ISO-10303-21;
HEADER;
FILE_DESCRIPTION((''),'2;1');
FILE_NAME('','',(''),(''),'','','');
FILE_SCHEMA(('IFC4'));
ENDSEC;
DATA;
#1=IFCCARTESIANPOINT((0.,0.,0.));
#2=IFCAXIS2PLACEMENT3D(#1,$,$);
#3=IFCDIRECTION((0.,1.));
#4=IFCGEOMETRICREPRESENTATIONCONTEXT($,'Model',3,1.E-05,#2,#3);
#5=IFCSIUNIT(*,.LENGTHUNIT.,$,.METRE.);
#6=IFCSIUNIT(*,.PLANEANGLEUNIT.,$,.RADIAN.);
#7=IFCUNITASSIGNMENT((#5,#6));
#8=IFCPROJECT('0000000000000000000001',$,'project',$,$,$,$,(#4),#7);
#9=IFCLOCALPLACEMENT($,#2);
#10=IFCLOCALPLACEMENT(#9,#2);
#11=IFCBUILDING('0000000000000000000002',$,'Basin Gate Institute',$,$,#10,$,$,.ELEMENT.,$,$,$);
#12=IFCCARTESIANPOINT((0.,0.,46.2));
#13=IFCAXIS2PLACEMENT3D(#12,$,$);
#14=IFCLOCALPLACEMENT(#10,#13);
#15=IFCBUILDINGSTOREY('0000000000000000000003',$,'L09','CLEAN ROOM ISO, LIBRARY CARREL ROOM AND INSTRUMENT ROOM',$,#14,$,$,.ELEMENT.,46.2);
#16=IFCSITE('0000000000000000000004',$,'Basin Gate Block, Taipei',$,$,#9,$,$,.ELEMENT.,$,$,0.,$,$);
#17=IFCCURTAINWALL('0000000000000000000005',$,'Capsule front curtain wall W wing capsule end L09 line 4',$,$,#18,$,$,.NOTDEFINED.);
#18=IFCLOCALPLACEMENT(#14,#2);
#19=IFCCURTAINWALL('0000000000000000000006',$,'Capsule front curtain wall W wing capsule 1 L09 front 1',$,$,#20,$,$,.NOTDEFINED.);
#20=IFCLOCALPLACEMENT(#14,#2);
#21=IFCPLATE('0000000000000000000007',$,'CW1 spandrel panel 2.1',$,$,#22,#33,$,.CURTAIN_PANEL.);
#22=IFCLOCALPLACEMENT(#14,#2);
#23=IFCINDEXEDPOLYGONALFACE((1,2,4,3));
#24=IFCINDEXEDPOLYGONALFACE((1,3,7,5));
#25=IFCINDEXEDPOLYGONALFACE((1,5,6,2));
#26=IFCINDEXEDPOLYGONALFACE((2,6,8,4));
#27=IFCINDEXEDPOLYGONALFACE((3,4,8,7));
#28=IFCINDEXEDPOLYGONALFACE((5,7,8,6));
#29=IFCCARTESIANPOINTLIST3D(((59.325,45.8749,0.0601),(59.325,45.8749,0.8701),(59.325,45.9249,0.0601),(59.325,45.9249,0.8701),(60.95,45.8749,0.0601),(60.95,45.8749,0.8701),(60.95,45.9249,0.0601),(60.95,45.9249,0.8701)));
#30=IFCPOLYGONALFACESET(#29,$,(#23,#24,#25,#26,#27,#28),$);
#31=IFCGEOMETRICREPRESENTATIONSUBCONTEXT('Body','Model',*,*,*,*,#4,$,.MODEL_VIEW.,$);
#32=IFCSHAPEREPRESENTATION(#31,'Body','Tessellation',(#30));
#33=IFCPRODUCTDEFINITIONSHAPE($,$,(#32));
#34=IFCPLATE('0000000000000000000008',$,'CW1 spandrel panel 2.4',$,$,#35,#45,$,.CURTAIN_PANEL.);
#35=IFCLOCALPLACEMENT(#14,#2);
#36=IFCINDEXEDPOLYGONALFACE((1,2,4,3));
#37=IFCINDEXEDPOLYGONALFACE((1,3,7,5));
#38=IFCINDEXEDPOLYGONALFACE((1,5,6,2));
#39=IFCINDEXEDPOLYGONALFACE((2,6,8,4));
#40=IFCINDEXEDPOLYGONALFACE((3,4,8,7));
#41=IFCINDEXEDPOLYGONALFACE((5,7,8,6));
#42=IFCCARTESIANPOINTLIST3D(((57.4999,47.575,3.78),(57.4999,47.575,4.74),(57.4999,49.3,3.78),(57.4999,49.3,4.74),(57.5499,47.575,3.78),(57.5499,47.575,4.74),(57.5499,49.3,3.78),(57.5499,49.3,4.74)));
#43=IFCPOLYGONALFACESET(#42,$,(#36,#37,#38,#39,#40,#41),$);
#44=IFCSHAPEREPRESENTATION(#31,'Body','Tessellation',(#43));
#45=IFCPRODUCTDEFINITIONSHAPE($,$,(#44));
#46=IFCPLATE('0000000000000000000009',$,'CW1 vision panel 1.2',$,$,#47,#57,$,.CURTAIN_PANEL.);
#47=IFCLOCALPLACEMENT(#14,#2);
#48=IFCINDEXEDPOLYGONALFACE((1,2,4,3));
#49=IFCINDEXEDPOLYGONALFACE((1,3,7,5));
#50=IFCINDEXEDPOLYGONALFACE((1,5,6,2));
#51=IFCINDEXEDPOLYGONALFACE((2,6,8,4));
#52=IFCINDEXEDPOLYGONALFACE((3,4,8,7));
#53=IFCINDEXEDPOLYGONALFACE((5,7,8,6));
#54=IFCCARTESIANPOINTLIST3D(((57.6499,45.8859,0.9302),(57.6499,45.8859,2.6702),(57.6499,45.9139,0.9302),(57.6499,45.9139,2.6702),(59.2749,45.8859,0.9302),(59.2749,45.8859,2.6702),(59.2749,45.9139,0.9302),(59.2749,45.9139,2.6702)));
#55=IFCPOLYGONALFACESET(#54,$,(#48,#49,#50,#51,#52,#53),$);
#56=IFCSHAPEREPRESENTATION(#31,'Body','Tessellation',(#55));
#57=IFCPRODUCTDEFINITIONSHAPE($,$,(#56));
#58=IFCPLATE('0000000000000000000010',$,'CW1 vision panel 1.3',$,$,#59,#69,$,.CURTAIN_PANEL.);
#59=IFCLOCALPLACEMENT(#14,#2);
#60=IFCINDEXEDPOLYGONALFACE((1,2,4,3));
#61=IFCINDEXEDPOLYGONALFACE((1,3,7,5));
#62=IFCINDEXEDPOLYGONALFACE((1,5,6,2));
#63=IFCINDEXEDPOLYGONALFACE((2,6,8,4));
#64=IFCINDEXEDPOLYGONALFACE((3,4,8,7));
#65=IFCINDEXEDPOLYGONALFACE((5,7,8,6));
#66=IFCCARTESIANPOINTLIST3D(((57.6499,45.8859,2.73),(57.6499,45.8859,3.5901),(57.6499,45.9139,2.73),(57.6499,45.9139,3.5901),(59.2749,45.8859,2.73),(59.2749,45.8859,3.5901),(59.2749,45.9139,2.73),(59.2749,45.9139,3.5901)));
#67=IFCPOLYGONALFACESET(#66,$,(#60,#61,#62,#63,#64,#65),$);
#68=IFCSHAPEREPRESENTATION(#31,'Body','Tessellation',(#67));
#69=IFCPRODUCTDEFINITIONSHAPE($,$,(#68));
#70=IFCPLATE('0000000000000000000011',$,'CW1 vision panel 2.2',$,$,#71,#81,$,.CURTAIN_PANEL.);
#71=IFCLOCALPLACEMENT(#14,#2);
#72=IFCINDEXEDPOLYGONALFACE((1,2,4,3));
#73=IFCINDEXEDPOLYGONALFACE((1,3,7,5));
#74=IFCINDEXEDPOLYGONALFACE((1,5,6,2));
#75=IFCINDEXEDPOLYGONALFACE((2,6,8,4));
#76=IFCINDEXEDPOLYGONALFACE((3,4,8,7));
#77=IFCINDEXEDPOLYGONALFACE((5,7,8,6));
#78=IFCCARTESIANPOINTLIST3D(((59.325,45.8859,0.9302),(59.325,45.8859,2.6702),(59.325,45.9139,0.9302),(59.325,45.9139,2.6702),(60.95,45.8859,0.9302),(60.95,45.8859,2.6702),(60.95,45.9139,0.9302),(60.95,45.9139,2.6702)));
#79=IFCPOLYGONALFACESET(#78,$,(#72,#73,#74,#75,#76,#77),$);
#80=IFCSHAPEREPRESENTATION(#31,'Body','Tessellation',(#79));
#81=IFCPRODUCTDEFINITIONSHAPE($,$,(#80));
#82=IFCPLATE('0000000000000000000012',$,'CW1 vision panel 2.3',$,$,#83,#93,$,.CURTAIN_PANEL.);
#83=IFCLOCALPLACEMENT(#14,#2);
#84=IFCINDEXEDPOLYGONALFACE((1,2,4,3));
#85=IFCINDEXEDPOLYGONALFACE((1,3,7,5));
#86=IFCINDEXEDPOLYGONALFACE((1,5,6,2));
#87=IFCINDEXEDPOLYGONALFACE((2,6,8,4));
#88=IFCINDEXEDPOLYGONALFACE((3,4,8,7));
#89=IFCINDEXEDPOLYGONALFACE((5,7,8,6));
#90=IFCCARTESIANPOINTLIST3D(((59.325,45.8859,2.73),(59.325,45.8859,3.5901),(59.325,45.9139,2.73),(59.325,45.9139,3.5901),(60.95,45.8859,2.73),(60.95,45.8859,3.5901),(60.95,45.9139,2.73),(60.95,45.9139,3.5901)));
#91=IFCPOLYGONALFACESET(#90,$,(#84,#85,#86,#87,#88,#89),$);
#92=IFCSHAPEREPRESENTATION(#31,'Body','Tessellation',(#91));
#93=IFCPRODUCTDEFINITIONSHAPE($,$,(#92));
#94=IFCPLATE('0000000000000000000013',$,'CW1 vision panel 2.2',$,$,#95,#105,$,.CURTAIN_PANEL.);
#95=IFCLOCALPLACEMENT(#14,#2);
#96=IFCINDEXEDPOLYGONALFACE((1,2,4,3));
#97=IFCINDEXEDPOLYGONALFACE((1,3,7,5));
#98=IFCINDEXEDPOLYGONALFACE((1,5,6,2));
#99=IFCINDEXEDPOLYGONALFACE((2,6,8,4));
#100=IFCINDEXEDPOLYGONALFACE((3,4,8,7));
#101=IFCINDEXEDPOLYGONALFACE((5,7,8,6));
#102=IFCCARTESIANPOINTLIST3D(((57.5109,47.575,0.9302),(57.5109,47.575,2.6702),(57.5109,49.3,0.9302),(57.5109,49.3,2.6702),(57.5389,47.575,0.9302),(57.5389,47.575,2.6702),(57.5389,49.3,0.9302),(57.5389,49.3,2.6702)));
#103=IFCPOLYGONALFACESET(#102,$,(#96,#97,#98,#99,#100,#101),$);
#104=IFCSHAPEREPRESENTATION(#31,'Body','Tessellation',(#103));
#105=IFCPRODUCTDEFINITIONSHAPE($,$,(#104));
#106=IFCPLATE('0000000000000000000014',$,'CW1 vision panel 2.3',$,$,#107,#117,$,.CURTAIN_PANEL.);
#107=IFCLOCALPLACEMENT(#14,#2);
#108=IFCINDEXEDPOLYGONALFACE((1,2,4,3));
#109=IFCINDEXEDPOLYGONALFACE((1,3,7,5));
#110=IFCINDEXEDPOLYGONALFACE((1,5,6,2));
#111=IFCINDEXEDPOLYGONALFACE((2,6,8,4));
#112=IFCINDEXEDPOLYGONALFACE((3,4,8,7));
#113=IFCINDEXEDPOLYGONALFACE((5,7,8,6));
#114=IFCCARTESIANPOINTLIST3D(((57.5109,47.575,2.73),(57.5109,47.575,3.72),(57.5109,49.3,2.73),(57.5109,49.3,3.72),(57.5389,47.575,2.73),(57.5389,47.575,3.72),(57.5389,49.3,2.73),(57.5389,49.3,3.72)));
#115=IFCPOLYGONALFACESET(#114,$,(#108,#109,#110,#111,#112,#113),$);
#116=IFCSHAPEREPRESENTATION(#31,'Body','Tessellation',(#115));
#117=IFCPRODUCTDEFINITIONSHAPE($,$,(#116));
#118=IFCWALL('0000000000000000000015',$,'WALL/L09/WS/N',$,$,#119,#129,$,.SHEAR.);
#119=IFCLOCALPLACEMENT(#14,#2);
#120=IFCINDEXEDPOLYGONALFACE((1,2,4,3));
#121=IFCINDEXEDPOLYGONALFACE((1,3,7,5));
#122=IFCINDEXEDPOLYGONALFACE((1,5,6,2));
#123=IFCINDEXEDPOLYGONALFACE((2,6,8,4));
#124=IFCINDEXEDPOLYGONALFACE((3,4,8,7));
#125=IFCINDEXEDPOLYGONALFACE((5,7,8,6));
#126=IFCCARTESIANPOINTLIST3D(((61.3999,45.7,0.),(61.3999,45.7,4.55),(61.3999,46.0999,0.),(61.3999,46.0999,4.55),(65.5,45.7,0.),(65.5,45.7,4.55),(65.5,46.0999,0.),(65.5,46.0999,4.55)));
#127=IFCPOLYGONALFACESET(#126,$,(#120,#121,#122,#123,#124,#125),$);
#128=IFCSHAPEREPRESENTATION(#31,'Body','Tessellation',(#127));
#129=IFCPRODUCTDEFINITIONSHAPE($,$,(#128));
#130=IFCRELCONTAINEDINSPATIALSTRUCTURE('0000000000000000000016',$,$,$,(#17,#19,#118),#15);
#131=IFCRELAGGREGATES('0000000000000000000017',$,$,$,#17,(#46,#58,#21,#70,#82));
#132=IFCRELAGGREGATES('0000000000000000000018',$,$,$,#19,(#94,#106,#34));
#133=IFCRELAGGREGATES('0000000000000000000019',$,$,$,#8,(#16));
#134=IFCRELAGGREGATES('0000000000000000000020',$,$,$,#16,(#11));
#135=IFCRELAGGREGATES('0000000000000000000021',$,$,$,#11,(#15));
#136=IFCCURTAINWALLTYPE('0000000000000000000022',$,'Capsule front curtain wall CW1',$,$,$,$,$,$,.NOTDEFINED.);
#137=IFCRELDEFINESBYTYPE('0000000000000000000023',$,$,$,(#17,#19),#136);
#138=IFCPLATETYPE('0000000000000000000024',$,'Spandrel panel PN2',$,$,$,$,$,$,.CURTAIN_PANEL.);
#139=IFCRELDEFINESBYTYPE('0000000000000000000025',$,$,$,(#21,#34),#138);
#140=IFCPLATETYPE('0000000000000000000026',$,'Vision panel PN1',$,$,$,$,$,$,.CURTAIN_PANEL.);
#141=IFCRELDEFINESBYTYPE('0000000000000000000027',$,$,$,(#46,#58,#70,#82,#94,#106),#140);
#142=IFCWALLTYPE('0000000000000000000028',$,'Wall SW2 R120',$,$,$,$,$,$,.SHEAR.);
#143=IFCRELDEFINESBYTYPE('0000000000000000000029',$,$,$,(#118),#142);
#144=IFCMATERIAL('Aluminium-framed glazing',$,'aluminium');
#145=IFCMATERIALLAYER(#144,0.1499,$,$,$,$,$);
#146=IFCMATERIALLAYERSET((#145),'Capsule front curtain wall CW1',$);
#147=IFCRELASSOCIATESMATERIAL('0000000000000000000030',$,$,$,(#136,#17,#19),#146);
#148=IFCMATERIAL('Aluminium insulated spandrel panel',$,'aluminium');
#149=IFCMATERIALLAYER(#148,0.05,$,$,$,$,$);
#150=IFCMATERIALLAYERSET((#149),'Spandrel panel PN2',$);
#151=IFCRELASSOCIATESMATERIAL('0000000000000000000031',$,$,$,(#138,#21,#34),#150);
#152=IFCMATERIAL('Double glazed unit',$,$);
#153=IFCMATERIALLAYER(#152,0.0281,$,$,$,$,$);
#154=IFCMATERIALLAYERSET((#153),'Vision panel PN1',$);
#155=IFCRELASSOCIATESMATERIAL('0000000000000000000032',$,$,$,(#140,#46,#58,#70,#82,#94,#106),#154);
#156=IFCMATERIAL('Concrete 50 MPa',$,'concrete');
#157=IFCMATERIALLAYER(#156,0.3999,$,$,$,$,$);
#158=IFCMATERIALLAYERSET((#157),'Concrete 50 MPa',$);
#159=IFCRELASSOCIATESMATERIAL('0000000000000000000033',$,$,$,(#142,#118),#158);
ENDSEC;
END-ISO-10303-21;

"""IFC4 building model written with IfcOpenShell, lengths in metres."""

from ifc_helpers import new_model, si_unit, direction, frame, frame_2d, origin, origin_2d, place, context, subcontext, project, spatial, rectangle, extrude, material, layer, layer_set, type_object, element, aggregate, save


model = new_model("IFC4")

# Units and contexts
model_context = context("Model", 3, precision=1e-05, world=origin(), true_north=direction((0.0, 1.0)))
body_context = subcontext(model_context, "Body", "Model", "MODEL_VIEW")
ifc_project = project(units=[si_unit("LENGTHUNIT", "METRE"), si_unit("PLANEANGLEUNIT", "RADIAN")], contexts=[model_context])

# Site, building, storey
site_placement = place(None, origin())
site = spatial("IfcSite", under=ifc_project, at=site_placement, Name="Basin Gate Block, Taipei", CompositionType="ELEMENT", RefElevation=0.0)
building_placement = place(site_placement, origin())
building = spatial("IfcBuilding", under=site, at=building_placement, Name="Basin Gate Institute", CompositionType="ELEMENT")
storey_placement = place(building_placement, frame((0.0, 0.0, 46.2)))
storey = spatial("IfcBuildingStorey", under=building, at=storey_placement, Name="L09", Description="CLEAN ROOM ISO, LIBRARY CARREL ROOM AND INSTRUMENT ROOM", CompositionType="ELEMENT", Elevation=46.2)

# Curtain wall
ifc_material_1 = material(Name="Aluminium-framed glazing", Category="aluminium")
ifc_layer_1 = layer(ifc_material_1, 0.1499)
ifc_layer_set_1 = layer_set([ifc_layer_1], Name="Capsule front curtain wall CW1")
curtain_wall_type = type_object("IfcCurtainWallType", Name="Capsule front curtain wall CW1", PredefinedType="NOTDEFINED", material=ifc_layer_set_1)
curtain_wall_1_placement = place(storey_placement, origin())
curtain_wall_1 = element("IfcCurtainWall", 1, at=curtain_wall_1_placement, inside=storey, type_object=curtain_wall_type, material=ifc_layer_set_1, Name="Capsule front curtain wall W wing capsule end L09 line 4", PredefinedType="NOTDEFINED")

# Curtain wall
curtain_wall_2_placement = place(storey_placement, origin())
curtain_wall_2 = element("IfcCurtainWall", 2, at=curtain_wall_2_placement, inside=storey, type_object=curtain_wall_type, material=ifc_layer_set_1, Name="Capsule front curtain wall W wing capsule 1 L09 front 1", PredefinedType="NOTDEFINED")

# Plates
ifc_material_2 = material(Name="Aluminium insulated spandrel panel", Category="aluminium")
ifc_layer_2 = layer(ifc_material_2, 0.05)
ifc_layer_set_2 = layer_set([ifc_layer_2], Name="Spandrel panel PN2")
plate_type_1 = type_object("IfcPlateType", Name="Spandrel panel PN2", PredefinedType="CURTAIN_PANEL", material=ifc_layer_set_2)
plate_1_placement = place(storey_placement, frame((60.1375, 45.8999, 0.0601), z_axis=(0.0, 0.0, 1.0), x_axis=(1.0, 0.0, 0.0)))
plate_1 = element("IfcPlate", 3, at=plate_1_placement, type_object=plate_type_1, material=ifc_layer_set_2, Name="CW1 spandrel panel 2.1", PredefinedType="CURTAIN_PANEL", context=body_context, shape_type="SweptSolid", body=[
    extrude(rectangle(XDim=1.625, YDim=0.05, at=origin_2d()), origin(), (0.0, 0.0, 1.0), 0.8101),
])
plate_2_placement = place(storey_placement, frame((57.5249, 48.4375, 3.78), z_axis=(0.0, 0.0, 1.0), x_axis=(0.0, 1.0, 0.0)))
plate_2 = element("IfcPlate", 4, at=plate_2_placement, type_object=plate_type_1, material=ifc_layer_set_2, Name="CW1 spandrel panel 2.4", PredefinedType="CURTAIN_PANEL", context=body_context, shape_type="SweptSolid", body=[
    extrude(rectangle(XDim=1.7251, YDim=0.05, at=origin_2d()), origin(), (0.0, 0.0, 1.0), 0.96),
])
ifc_material_3 = material(Name="Double glazed unit")
ifc_layer_3 = layer(ifc_material_3, 0.0281)
ifc_layer_set_3 = layer_set([ifc_layer_3], Name="Vision panel PN1")
plate_type_2 = type_object("IfcPlateType", Name="Vision panel PN1", PredefinedType="CURTAIN_PANEL", material=ifc_layer_set_3)
plate_3_placement = place(storey_placement, frame((58.4624, 45.8999, 0.9302), z_axis=(0.0, 0.0, 1.0), x_axis=(1.0, 0.0, 0.0)))
plate_3 = element("IfcPlate", 5, at=plate_3_placement, type_object=plate_type_2, material=ifc_layer_set_3, Name="CW1 vision panel 1.2", PredefinedType="CURTAIN_PANEL", context=body_context, shape_type="SweptSolid", body=[
    extrude(rectangle(XDim=1.625, YDim=0.0281, at=origin_2d()), origin(), (0.0, 0.0, 1.0), 1.74),
])
plate_4_placement = place(storey_placement, frame((58.4624, 45.8999, 2.73), z_axis=(0.0, 0.0, 1.0), x_axis=(1.0, 0.0, 0.0)))
plate_4 = element("IfcPlate", 6, at=plate_4_placement, type_object=plate_type_2, material=ifc_layer_set_3, Name="CW1 vision panel 1.3", PredefinedType="CURTAIN_PANEL", context=body_context, shape_type="SweptSolid", body=[
    extrude(rectangle(XDim=1.625, YDim=0.0281, at=origin_2d()), origin(), (0.0, 0.0, 1.0), 0.8601),
])
plate_5_placement = place(storey_placement, frame((60.1375, 45.8999, 0.9302), z_axis=(0.0, 0.0, 1.0), x_axis=(1.0, 0.0, 0.0)))
plate_5 = element("IfcPlate", 7, at=plate_5_placement, type_object=plate_type_2, material=ifc_layer_set_3, Name="CW1 vision panel 2.2", PredefinedType="CURTAIN_PANEL", context=body_context, shape_type="SweptSolid", body=[
    extrude(rectangle(XDim=1.625, YDim=0.0281, at=origin_2d()), origin(), (0.0, 0.0, 1.0), 1.74),
])
plate_6_placement = place(storey_placement, frame((60.1375, 45.8999, 2.73), z_axis=(0.0, 0.0, 1.0), x_axis=(1.0, 0.0, 0.0)))
plate_6 = element("IfcPlate", 8, at=plate_6_placement, type_object=plate_type_2, material=ifc_layer_set_3, Name="CW1 vision panel 2.3", PredefinedType="CURTAIN_PANEL", context=body_context, shape_type="SweptSolid", body=[
    extrude(rectangle(XDim=1.625, YDim=0.0281, at=origin_2d()), origin(), (0.0, 0.0, 1.0), 0.8601),
])
aggregate(curtain_wall_1, [plate_3, plate_4, plate_1, plate_5, plate_6])
plate_7_placement = place(storey_placement, frame((57.5249, 48.4375, 0.9302), z_axis=(0.0, 0.0, 1.0), x_axis=(0.0, 1.0, 0.0)))
plate_7 = element("IfcPlate", 9, at=plate_7_placement, type_object=plate_type_2, material=ifc_layer_set_3, Name="CW1 vision panel 2.2", PredefinedType="CURTAIN_PANEL", context=body_context, shape_type="SweptSolid", body=[
    extrude(rectangle(XDim=1.7251, YDim=0.0281, at=origin_2d()), origin(), (0.0, 0.0, 1.0), 1.74),
])
plate_8_placement = place(storey_placement, frame((57.5249, 48.4375, 2.73), z_axis=(0.0, 0.0, 1.0), x_axis=(0.0, 1.0, 0.0)))
plate_8 = element("IfcPlate", 10, at=plate_8_placement, type_object=plate_type_2, material=ifc_layer_set_3, Name="CW1 vision panel 2.3", PredefinedType="CURTAIN_PANEL", context=body_context, shape_type="SweptSolid", body=[
    extrude(rectangle(XDim=1.7251, YDim=0.0281, at=origin_2d()), origin(), (0.0, 0.0, 1.0), 0.99),
])
aggregate(curtain_wall_2, [plate_7, plate_8, plate_2])

# Wall
ifc_material_4 = material(Name="Concrete 50 MPa", Category="concrete")
ifc_layer_4 = layer(ifc_material_4, 0.3999)
ifc_layer_set_4 = layer_set([ifc_layer_4], Name="Concrete 50 MPa")
wall_type = type_object("IfcWallType", Name="Wall SW2 R120", PredefinedType="SHEAR", material=ifc_layer_set_4)
wall_placement = place(storey_placement, frame((61.3999, 45.8999, 0.0), z_axis=(0.0, 0.0, 1.0), x_axis=(1.0, 0.0, 0.0)))
element("IfcWall", 11, at=wall_placement, inside=storey, type_object=wall_type, material=ifc_layer_set_4, Name="WALL/L09/WS/N", PredefinedType="SHEAR", context=body_context, shape_type="SweptSolid", body=[
    extrude(rectangle(XDim=4.1001, YDim=0.3999, at=frame_2d((2.05, 0.0))), origin(), (0.0, 0.0, 1.0), 4.55),
])

save(model, "model.ifc")
